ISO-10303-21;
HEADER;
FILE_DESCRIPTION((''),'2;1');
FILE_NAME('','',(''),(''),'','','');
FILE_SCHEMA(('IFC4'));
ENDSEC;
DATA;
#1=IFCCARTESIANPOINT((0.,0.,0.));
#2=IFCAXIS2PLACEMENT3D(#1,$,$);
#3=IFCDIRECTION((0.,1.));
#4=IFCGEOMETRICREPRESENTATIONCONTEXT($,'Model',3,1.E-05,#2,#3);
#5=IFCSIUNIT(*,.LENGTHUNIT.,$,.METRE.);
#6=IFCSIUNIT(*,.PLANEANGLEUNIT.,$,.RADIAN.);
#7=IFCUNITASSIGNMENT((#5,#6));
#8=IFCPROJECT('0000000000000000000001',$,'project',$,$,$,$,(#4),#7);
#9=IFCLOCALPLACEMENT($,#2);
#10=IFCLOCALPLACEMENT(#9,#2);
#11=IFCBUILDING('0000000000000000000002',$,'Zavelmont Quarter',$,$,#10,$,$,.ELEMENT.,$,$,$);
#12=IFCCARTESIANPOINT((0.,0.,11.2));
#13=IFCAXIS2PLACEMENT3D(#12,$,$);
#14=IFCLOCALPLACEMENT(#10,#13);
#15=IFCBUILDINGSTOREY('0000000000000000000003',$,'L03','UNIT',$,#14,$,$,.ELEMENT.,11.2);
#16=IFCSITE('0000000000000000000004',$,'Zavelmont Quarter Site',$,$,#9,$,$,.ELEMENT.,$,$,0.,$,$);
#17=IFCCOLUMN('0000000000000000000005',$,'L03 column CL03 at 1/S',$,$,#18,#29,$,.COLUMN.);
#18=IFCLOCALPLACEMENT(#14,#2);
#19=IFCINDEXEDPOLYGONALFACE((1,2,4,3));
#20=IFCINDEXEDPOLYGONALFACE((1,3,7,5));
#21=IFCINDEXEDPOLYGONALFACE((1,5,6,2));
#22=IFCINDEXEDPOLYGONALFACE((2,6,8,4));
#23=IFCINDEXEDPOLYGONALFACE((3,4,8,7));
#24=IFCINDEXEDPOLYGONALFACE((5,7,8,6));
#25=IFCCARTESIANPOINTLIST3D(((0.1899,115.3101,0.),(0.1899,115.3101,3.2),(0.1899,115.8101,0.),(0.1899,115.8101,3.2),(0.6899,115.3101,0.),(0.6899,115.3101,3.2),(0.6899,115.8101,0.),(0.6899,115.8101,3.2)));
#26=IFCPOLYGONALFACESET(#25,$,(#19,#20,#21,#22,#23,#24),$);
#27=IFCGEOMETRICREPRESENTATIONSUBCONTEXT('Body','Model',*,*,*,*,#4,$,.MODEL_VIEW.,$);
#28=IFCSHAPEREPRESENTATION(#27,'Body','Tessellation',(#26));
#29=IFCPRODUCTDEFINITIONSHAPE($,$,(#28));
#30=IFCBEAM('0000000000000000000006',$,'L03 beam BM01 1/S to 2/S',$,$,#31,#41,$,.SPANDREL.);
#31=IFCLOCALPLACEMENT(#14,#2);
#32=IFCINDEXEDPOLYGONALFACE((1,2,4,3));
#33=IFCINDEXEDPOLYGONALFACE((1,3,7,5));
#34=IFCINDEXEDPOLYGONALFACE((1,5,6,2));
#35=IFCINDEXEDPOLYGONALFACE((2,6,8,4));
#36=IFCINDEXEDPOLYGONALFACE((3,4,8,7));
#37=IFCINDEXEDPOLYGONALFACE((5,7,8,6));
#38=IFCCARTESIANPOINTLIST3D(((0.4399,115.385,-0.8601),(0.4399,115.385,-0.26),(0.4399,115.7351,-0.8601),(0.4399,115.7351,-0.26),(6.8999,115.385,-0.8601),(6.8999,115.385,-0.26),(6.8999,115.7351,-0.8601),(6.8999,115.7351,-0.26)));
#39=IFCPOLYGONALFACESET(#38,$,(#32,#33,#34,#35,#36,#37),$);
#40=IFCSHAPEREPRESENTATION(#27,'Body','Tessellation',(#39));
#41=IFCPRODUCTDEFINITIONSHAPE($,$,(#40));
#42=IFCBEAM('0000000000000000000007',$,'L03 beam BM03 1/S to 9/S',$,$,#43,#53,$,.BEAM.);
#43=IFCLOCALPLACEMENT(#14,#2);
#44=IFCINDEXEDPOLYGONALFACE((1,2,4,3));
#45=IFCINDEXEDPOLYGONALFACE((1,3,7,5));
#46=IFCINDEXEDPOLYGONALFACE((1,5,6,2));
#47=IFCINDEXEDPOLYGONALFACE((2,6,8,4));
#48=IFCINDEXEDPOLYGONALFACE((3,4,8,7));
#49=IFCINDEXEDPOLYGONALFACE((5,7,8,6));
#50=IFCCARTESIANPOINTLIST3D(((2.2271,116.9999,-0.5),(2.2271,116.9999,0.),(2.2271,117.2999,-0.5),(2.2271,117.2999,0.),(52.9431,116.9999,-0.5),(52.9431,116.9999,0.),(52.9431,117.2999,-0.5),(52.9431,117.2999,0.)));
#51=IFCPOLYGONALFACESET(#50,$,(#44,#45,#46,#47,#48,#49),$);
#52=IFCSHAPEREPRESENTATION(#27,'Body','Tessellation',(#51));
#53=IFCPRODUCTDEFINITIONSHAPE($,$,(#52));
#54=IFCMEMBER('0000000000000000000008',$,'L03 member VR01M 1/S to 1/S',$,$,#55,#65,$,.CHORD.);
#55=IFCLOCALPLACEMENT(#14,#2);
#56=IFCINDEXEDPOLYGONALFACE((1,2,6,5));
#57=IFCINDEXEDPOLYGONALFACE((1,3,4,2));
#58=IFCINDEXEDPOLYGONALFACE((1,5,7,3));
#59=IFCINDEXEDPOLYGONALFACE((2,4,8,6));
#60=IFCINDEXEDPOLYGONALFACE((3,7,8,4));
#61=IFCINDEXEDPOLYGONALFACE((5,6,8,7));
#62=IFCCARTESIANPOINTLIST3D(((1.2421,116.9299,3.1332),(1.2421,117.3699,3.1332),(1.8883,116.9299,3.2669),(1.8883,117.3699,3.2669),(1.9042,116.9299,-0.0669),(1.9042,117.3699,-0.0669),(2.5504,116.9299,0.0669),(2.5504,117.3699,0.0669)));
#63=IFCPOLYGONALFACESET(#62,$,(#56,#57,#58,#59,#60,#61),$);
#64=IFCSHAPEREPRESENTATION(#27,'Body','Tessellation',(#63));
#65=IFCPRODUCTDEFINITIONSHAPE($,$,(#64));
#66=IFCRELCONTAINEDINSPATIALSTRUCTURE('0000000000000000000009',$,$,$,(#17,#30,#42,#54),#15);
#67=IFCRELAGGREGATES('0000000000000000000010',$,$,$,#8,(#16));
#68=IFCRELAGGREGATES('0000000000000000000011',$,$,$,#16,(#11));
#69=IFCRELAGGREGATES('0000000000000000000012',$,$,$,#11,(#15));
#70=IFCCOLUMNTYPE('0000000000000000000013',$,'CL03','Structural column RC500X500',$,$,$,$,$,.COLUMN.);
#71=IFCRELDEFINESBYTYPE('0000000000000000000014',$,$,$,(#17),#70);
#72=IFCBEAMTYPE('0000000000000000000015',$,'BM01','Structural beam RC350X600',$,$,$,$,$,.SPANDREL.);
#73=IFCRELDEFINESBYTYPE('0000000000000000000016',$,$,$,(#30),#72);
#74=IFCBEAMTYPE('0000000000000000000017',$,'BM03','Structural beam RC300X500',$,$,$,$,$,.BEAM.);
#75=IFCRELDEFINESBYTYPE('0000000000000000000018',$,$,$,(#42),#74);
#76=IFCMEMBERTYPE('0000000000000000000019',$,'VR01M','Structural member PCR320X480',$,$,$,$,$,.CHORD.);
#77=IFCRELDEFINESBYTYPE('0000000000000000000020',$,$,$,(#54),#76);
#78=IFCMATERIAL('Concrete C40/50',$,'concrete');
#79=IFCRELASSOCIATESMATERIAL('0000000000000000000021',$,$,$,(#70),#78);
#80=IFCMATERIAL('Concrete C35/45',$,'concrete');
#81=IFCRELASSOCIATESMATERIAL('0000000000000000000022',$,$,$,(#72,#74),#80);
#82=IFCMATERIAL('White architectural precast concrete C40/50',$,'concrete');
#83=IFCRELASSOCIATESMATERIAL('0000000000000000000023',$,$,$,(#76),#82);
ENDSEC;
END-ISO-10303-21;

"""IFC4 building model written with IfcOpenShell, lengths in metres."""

from ifc_helpers import new_model, si_unit, direction, frame, origin, origin_2d, place, context, subcontext, project, spatial, rectangle, extrude, material, material_profile, profile_set, type_object, element, save


model = new_model("IFC4")

# Units and contexts
model_context = context("Model", 3, precision=1e-05, world=origin(), true_north=direction((0.0, 1.0)))
body_context = subcontext(model_context, "Body", "Model", "MODEL_VIEW")
ifc_project = project(units=[si_unit("LENGTHUNIT", "METRE"), si_unit("PLANEANGLEUNIT", "RADIAN")], contexts=[model_context])

# Site, building, storey
site_placement = place(None, origin())
site = spatial("IfcSite", under=ifc_project, at=site_placement, Name="Zavelmont Quarter Site", CompositionType="ELEMENT", RefElevation=0.0)
building_placement = place(site_placement, origin())
building = spatial("IfcBuilding", under=site, at=building_placement, Name="Zavelmont Quarter", CompositionType="ELEMENT")
storey_placement = place(building_placement, frame((0.0, 0.0, 11.2)))
storey = spatial("IfcBuildingStorey", under=building, at=storey_placement, Name="L03", Description="UNIT", CompositionType="ELEMENT", Elevation=11.2)

# Column
ifc_material_1 = material(Name="Concrete C40/50", Category="concrete")
ifc_material_profile_1 = material_profile(ifc_material_1, rectangle(XDim=0.5, YDim=0.5, at=origin_2d()), Name="RC500X500")
ifc_profile_set_1 = profile_set([ifc_material_profile_1], Name="Concrete C40/50")
column_type = type_object("IfcColumnType", Name="CL03", Description="Structural column RC500X500", PredefinedType="COLUMN", material=ifc_profile_set_1)
column_placement = place(storey_placement, frame((0.4399, 115.5601, 0.0), z_axis=(0.0, 0.0, 1.0), x_axis=(1.0, 0.0, 0.0)))
element("IfcColumn", 1, at=column_placement, inside=storey, type_object=column_type, Name="L03 column CL03 at 1/S", PredefinedType="COLUMN", context=body_context, shape_type="SweptSolid", body=[
    extrude(rectangle(XDim=0.5, YDim=0.5, at=origin_2d()), origin(), (0.0, 0.0, 1.0), 3.2),
])

# Beams
ifc_material_2 = material(Name="Concrete C35/45", Category="concrete")
ifc_material_profile_2 = material_profile(ifc_material_2, rectangle(XDim=0.3501, YDim=0.6001, at=origin_2d()), Name="RC350X600")
ifc_profile_set_2 = profile_set([ifc_material_profile_2], Name="Concrete C35/45")
beam_type_1 = type_object("IfcBeamType", Name="BM01", Description="Structural beam RC350X600", PredefinedType="SPANDREL", material=ifc_profile_set_2)
beam_1_placement = place(storey_placement, frame((0.4399, 115.5601, -0.5601), z_axis=(1.0, 0.0, 0.0), x_axis=(0.0, 1.0, 0.0)))
element("IfcBeam", 2, at=beam_1_placement, inside=storey, type_object=beam_type_1, Name="L03 beam BM01 1/S to 2/S", PredefinedType="SPANDREL", context=body_context, shape_type="SweptSolid", body=[
    extrude(rectangle(XDim=0.3501, YDim=0.6001, at=origin_2d()), origin(), (0.0, 0.0, 1.0), 6.46),
])
ifc_material_profile_3 = material_profile(ifc_material_2, rectangle(XDim=0.3, YDim=0.5, at=origin_2d()), Name="RC300X500")
ifc_profile_set_3 = profile_set([ifc_material_profile_3], Name="Concrete C35/45")
beam_type_2 = type_object("IfcBeamType", Name="BM03", Description="Structural beam RC300X500", PredefinedType="BEAM", material=ifc_profile_set_3)
beam_2_placement = place(storey_placement, frame((2.2271, 117.1499, -0.25), z_axis=(1.0, 0.0, 0.0), x_axis=(0.0, 1.0, 0.0)))
element("IfcBeam", 3, at=beam_2_placement, inside=storey, type_object=beam_type_2, Name="L03 beam BM03 1/S to 9/S", PredefinedType="BEAM", context=body_context, shape_type="SweptSolid", body=[
    extrude(rectangle(XDim=0.3, YDim=0.5, at=origin_2d()), origin(), (0.0, 0.0, 1.0), 50.7161),
])

# Member
ifc_material_3 = material(Name="White architectural precast concrete C40/50", Category="concrete")
ifc_material_profile_4 = material_profile(ifc_material_3, rectangle(XDim=0.4399, YDim=0.6599, at=origin_2d()), Name="PCR320X480")
ifc_profile_set_4 = profile_set([ifc_material_profile_4], Name="White architectural precast concrete C40/50")
member_type = type_object("IfcMemberType", Name="VR01M", Description="Structural member PCR320X480", PredefinedType="CHORD", material=ifc_profile_set_4)
member_placement = place(storey_placement, frame((2.2273, 117.1499, 0.0), z_axis=(-0.20262, 0.0, 0.979257), x_axis=(0.0, -1.0, 0.0)))
element("IfcMember", 4, at=member_placement, inside=storey, type_object=member_type, Name="L03 member VR01M 1/S to 1/S", PredefinedType="CHORD", context=body_context, shape_type="SweptSolid", body=[
    extrude(rectangle(XDim=0.4399, YDim=0.6599, at=origin_2d()), origin(), (0.0, 0.0, 1.0), 3.2678),
])

save(model, "model.ifc")
